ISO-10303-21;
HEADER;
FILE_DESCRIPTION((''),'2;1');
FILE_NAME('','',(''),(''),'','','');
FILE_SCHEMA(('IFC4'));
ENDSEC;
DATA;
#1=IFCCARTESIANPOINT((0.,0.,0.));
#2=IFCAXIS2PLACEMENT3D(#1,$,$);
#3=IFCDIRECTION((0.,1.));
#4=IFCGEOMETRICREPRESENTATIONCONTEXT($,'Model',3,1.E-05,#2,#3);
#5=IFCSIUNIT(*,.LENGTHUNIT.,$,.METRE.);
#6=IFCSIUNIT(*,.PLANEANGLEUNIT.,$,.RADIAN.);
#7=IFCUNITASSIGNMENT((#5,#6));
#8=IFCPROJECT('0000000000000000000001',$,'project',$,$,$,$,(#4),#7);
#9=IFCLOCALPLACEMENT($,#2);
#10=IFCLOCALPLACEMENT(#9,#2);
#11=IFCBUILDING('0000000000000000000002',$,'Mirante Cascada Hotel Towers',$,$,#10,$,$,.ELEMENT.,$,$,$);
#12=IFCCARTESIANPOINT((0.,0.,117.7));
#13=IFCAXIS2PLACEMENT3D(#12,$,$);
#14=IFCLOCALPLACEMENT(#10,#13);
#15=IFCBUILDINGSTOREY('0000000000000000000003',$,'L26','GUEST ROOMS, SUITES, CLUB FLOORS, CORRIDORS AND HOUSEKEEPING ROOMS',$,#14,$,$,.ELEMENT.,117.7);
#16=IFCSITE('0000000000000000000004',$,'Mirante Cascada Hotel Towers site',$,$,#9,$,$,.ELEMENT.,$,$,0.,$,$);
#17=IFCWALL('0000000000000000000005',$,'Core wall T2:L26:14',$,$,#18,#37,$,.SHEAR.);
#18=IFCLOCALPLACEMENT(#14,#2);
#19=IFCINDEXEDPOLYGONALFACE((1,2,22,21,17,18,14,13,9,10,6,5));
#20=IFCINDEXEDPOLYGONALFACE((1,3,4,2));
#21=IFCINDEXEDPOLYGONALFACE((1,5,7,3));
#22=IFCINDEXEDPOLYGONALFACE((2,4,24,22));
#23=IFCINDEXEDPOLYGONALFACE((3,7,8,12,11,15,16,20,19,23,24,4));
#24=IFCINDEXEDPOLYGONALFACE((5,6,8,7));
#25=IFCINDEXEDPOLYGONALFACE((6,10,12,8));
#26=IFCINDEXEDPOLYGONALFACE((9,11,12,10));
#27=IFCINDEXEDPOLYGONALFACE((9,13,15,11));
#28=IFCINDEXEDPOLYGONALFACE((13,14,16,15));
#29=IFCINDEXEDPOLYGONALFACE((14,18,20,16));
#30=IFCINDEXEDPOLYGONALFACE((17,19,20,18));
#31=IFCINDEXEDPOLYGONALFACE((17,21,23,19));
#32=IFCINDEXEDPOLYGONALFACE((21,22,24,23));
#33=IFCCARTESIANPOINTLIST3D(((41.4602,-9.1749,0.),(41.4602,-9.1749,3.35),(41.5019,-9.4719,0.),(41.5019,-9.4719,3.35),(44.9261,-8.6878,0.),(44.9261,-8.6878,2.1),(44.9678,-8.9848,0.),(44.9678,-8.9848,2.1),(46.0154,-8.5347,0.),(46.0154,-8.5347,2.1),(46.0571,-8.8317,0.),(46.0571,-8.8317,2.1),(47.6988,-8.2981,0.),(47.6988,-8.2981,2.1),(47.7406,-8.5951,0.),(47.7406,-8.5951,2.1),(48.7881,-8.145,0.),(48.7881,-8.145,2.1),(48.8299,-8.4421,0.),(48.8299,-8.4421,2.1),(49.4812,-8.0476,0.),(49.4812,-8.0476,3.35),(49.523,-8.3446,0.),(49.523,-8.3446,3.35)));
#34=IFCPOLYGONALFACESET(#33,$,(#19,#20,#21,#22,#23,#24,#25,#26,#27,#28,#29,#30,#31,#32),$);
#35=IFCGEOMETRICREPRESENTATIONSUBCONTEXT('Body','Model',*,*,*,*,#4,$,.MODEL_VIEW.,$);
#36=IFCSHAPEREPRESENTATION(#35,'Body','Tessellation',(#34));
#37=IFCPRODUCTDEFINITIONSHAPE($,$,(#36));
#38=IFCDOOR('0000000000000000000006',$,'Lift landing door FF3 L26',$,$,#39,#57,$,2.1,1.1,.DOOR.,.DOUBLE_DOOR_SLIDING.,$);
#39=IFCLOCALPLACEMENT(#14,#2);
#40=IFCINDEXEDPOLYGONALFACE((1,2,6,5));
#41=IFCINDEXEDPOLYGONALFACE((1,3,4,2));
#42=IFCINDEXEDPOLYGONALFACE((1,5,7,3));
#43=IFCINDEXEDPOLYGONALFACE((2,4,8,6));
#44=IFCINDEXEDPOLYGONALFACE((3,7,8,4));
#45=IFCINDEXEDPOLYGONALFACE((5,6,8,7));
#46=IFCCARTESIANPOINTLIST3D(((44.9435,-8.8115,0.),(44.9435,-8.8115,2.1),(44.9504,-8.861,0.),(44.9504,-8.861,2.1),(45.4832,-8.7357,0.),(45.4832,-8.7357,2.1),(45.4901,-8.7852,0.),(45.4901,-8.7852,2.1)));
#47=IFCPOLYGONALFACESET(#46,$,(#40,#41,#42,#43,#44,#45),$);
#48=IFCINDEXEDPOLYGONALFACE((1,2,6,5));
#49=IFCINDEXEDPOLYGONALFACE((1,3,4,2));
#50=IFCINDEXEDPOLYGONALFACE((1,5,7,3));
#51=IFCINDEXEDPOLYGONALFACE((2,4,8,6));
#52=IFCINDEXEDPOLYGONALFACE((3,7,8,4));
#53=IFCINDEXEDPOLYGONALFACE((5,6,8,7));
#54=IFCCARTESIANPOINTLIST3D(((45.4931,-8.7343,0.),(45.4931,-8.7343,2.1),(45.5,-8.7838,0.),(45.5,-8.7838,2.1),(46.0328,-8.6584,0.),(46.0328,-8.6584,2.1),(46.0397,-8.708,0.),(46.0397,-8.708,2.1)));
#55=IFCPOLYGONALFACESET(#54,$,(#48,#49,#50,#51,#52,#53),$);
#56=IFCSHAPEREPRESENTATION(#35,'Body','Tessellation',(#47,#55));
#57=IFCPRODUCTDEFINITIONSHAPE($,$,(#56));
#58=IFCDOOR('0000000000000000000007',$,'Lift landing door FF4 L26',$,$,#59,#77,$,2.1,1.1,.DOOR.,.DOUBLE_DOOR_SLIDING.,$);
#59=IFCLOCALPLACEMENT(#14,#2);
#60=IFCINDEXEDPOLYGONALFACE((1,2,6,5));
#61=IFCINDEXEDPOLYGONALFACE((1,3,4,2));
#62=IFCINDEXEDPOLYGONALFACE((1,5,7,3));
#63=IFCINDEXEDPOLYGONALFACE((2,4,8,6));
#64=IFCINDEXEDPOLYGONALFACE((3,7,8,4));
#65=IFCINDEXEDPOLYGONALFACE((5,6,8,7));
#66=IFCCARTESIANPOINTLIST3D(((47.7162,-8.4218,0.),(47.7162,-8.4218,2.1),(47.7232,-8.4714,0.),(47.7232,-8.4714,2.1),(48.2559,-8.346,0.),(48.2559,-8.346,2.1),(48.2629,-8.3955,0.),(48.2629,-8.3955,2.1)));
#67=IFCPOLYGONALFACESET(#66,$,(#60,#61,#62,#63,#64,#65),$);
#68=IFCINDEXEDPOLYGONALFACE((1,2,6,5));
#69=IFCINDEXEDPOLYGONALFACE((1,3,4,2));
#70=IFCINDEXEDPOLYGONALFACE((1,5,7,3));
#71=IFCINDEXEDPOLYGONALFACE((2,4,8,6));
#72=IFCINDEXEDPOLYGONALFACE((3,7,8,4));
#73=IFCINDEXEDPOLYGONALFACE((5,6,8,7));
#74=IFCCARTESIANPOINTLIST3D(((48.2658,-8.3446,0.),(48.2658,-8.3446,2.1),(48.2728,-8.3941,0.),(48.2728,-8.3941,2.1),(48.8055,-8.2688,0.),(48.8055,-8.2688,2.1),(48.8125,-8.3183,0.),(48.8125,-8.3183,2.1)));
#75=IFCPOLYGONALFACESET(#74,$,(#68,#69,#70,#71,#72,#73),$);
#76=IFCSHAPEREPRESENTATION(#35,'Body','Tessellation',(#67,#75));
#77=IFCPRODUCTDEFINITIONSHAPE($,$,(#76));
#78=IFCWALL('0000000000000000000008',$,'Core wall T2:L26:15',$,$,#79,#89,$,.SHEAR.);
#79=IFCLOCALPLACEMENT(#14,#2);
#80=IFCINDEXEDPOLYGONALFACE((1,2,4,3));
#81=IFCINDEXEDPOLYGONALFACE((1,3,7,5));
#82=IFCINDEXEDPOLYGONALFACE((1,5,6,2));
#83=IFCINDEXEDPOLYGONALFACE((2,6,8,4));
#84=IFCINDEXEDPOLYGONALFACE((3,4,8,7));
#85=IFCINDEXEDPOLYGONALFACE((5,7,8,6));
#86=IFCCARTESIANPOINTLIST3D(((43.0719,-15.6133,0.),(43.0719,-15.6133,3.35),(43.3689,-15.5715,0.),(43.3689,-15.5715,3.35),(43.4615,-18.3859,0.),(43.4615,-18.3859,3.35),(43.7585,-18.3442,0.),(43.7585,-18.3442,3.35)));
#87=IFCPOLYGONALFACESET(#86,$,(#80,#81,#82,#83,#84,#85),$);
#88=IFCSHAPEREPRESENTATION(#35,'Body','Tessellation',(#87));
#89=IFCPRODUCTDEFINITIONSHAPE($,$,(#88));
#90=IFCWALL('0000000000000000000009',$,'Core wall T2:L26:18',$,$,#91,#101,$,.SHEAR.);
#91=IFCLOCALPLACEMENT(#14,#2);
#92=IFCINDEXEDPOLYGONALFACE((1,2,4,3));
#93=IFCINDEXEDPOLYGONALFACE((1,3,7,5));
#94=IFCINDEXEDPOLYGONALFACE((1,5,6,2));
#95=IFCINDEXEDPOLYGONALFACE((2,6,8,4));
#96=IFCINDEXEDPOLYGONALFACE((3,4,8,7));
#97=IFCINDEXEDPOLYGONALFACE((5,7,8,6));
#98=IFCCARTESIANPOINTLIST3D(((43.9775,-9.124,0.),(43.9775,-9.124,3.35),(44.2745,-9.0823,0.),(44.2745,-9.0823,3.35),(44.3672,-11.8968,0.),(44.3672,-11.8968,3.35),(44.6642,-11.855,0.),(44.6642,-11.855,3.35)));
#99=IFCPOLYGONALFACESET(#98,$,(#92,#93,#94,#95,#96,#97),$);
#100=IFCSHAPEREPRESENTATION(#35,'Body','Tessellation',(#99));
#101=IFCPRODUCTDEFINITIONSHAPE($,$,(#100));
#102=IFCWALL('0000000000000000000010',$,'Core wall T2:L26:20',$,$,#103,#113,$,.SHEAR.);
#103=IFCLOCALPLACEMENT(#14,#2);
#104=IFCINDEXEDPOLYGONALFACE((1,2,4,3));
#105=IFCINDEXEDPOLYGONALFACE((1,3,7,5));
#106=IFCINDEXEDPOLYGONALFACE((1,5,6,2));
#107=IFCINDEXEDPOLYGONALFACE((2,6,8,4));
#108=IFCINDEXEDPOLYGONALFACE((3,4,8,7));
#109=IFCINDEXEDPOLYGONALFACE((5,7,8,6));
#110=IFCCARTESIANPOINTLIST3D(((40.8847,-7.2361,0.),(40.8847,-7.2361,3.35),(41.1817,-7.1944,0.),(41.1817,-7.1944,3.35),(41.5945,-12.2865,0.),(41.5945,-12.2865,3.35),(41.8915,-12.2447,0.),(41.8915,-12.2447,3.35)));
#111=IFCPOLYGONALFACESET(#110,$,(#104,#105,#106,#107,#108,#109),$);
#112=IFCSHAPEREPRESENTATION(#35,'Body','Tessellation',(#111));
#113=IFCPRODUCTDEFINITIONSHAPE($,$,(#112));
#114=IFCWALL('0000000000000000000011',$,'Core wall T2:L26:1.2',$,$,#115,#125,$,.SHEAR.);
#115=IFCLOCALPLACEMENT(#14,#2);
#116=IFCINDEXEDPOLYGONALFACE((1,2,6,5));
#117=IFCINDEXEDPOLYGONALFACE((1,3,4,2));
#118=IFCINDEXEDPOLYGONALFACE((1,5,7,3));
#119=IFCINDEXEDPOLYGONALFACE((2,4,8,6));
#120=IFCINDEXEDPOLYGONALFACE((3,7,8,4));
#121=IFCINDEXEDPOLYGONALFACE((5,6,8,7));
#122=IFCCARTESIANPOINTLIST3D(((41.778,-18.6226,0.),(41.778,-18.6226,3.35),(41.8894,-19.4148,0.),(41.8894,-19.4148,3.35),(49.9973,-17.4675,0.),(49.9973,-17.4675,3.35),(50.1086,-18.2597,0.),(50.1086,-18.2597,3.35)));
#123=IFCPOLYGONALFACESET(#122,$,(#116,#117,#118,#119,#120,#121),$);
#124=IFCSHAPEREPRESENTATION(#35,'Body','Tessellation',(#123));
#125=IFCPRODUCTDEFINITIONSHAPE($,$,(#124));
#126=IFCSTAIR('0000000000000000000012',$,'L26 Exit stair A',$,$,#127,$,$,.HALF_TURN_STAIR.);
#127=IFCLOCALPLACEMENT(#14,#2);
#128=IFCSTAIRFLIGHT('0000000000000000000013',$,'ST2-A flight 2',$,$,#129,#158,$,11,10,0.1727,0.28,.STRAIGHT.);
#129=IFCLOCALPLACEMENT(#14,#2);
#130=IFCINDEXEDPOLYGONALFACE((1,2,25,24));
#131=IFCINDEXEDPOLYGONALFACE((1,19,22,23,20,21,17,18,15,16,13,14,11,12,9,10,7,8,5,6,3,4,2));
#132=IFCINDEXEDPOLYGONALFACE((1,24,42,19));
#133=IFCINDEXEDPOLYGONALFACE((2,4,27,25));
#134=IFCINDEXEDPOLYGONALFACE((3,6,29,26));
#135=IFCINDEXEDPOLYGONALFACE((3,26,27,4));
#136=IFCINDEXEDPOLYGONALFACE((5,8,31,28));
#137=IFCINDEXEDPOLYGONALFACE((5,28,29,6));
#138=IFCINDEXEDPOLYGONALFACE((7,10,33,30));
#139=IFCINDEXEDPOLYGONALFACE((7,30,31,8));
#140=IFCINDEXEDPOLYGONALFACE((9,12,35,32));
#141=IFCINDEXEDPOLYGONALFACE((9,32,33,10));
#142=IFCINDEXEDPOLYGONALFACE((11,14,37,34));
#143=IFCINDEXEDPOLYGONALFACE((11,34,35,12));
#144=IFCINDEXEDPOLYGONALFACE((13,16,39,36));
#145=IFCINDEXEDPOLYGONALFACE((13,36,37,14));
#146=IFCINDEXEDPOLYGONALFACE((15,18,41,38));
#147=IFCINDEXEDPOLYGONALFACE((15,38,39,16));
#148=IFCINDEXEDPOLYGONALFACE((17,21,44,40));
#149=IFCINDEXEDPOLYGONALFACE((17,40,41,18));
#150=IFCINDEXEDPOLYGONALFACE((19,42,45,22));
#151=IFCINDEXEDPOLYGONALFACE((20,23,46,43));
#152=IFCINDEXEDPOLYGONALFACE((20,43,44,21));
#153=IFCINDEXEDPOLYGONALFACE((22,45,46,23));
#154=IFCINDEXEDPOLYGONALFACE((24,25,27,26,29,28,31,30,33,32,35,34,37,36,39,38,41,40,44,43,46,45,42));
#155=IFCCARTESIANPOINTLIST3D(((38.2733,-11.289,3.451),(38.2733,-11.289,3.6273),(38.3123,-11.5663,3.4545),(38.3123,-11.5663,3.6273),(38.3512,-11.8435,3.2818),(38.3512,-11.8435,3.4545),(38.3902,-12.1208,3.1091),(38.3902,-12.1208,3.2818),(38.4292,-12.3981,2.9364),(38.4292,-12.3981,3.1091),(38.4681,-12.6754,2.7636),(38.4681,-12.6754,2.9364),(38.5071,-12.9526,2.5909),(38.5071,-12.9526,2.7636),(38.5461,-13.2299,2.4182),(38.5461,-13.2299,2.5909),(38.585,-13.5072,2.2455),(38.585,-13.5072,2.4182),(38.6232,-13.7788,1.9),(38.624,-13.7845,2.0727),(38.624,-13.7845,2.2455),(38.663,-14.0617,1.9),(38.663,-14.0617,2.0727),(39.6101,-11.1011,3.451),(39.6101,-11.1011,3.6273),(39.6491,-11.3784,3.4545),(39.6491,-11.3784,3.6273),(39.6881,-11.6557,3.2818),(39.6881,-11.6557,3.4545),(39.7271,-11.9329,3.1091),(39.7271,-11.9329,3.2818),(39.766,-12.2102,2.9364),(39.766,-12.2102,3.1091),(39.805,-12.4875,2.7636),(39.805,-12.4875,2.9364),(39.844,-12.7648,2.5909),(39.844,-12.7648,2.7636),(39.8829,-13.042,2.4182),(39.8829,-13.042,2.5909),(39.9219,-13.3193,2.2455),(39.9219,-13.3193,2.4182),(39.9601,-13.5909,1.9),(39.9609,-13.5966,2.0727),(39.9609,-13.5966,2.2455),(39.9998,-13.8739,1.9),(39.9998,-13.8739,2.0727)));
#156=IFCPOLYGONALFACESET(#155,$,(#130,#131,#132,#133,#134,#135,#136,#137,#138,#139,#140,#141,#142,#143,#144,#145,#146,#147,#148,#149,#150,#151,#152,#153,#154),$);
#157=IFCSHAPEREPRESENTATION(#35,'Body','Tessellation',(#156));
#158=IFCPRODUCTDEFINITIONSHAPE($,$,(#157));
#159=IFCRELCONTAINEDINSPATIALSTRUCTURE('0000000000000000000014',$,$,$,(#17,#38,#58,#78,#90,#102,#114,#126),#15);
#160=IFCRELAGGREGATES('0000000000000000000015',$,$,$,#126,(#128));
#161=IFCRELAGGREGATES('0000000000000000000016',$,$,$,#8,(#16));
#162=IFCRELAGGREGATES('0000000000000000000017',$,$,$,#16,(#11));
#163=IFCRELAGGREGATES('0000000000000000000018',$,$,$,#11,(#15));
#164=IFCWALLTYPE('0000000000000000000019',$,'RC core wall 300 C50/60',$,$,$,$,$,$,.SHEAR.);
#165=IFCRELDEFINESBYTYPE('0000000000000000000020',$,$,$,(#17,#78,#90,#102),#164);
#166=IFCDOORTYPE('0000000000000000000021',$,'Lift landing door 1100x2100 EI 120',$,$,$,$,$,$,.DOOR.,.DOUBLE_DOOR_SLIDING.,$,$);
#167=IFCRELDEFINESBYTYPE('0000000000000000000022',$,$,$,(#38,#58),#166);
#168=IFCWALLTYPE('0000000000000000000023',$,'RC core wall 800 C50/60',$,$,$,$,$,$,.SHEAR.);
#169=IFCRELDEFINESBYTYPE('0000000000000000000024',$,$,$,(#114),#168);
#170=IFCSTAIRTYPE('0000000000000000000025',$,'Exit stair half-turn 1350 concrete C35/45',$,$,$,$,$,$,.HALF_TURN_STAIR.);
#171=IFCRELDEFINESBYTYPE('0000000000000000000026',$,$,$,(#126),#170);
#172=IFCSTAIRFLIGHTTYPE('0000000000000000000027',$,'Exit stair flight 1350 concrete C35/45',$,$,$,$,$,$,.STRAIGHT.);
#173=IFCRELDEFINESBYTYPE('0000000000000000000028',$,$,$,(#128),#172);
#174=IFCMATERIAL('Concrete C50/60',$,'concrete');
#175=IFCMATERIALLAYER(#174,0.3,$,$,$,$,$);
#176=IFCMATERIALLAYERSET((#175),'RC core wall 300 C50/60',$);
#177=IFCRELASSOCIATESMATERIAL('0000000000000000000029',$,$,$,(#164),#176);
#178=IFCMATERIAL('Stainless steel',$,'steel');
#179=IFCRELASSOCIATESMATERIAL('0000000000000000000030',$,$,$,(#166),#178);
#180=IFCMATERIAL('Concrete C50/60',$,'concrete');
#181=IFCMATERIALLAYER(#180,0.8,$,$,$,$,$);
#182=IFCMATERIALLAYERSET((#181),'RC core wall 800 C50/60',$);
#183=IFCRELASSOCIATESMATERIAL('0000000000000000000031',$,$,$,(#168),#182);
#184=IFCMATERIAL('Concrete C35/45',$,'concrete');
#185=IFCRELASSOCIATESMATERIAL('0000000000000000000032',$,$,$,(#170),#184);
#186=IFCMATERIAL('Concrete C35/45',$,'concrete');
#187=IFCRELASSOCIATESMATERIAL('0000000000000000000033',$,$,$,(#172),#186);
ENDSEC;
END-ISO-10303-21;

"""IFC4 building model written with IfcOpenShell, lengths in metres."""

from ifc_helpers import new_model, si_unit, direction, frame, frame_2d, origin, place, context, subcontext, project, spatial, polyline, rectangle, outline, extrude, material, layer, layer_set, type_object, element, fill, aggregate, save


model = new_model("IFC4")

# Units and contexts
model_context = context("Model", 3, precision=1e-05, world=origin(), true_north=direction((0.0, 1.0)))
body_context = subcontext(model_context, "Body", "Model", "MODEL_VIEW")
ifc_project = project(units=[si_unit("LENGTHUNIT", "METRE"), si_unit("PLANEANGLEUNIT", "RADIAN")], contexts=[model_context])

# Site, building, storey
site_placement = place(None, origin())
site = spatial("IfcSite", under=ifc_project, at=site_placement, Name="Mirante Cascada Hotel Towers site", CompositionType="ELEMENT", RefElevation=0.0)
building_placement = place(site_placement, origin())
building = spatial("IfcBuilding", under=site, at=building_placement, Name="Mirante Cascada Hotel Towers", CompositionType="ELEMENT")
storey_placement = place(building_placement, frame((0.0, 0.0, 117.7)))
storey = spatial("IfcBuildingStorey", under=building, at=storey_placement, Name="L26", Description="GUEST ROOMS, SUITES, CLUB FLOORS, CORRIDORS AND HOUSEKEEPING ROOMS", CompositionType="ELEMENT", Elevation=117.7)

# Shared definitions
ifc_material_1 = material(Name="Concrete C50/60", Category="concrete")
ifc_layer_1 = layer(ifc_material_1, 0.3)
ifc_layer_set_1 = layer_set([ifc_layer_1], Name="RC core wall 300 C50/60")
wall_type_1 = type_object("IfcWallType", Name="RC core wall 300 C50/60", PredefinedType="SHEAR", material=ifc_layer_set_1)

# Shared definitions
ifc_material_2 = material(Name="Stainless steel", Category="steel")
door_type_1 = type_object("IfcDoorType", Name="Lift landing door 1100x2100 EI 120", OperationType="DOUBLE_DOOR_SLIDING", PredefinedType="DOOR", material=ifc_material_2)

# Wall, openings, doors
wall_1_placement = place(storey_placement, frame((41.481, -9.3234, 0.0), z_axis=(0.0, 0.0, 1.0), x_axis=(0.990268, 0.139174, 0.0)))
wall_1 = element("IfcWall", 1, at=wall_1_placement, inside=storey, type_object=wall_type_1, Name="Core wall T2:L26:14", PredefinedType="SHEAR", context=body_context, shape_type="SweptSolid", body=[
    extrude(rectangle(XDim=8.0999, YDim=0.3, at=frame_2d((4.05, 0.0))), origin(), (0.0, 0.0, 1.0), 3.35),
])
opening_1_placement = place(wall_1_placement, frame((3.5, 0.0, 0.0)))
opening_1 = element("IfcOpeningElement", 2, at=opening_1_placement, cuts=wall_1, PredefinedType="OPENING", context=body_context, shape_type="SweptSolid", body=[
    extrude(rectangle(XDim=1.1, YDim=2.1, at=frame_2d((0.55, 1.05))), frame((0.0, 0.15, 0.0), z_axis=(0.0, -1.0, 0.0), x_axis=(1.0, 0.0, 0.0)), (0.0, 0.0, 1.0), 0.3),
])
opening_2_placement = place(wall_1_placement, frame((6.3, 0.0, 0.0)))
opening_2 = element("IfcOpeningElement", 3, at=opening_2_placement, cuts=wall_1, PredefinedType="OPENING", context=body_context, shape_type="SweptSolid", body=[
    extrude(rectangle(XDim=1.1, YDim=2.1, at=frame_2d((0.55, 1.05))), frame((0.0, 0.15, 0.0), z_axis=(0.0, -1.0, 0.0), x_axis=(1.0, 0.0, 0.0)), (0.0, 0.0, 1.0), 0.3),
])
door_1_placement = place(opening_1_placement, origin())
door_1 = element("IfcDoor", 4, at=door_1_placement, inside=storey, type_object=door_type_1, Name="Lift landing door FF3 L26", OperationType="DOUBLE_DOOR_SLIDING", OverallHeight=2.1, OverallWidth=1.1, PredefinedType="DOOR", context=body_context, shape_type="SweptSolid", body=[
    extrude(rectangle(XDim=0.545, YDim=2.1, at=frame_2d((0.2725, 1.05))), frame((0.0, 0.025, 0.0), z_axis=(0.0, -1.0, 0.0), x_axis=(1.0, 0.0, 0.0)), (0.0, 0.0, 1.0), 0.05),
    extrude(rectangle(XDim=0.545, YDim=2.1, at=frame_2d((0.8275, 1.05))), frame((0.0, 0.025, 0.0), z_axis=(0.0, -1.0, 0.0), x_axis=(1.0, 0.0, 0.0)), (0.0, 0.0, 1.0), 0.05),
])
fill(opening_1, door_1)
door_2_placement = place(opening_2_placement, origin())
door_2 = element("IfcDoor", 5, at=door_2_placement, inside=storey, type_object=door_type_1, Name="Lift landing door FF4 L26", OperationType="DOUBLE_DOOR_SLIDING", OverallHeight=2.1, OverallWidth=1.1, PredefinedType="DOOR", context=body_context, shape_type="SweptSolid", body=[
    extrude(rectangle(XDim=0.545, YDim=2.1, at=frame_2d((0.2725, 1.05))), frame((0.0, 0.025, 0.0), z_axis=(0.0, -1.0, 0.0), x_axis=(1.0, 0.0, 0.0)), (0.0, 0.0, 1.0), 0.05),
    extrude(rectangle(XDim=0.545, YDim=2.1, at=frame_2d((0.8275, 1.05))), frame((0.0, 0.025, 0.0), z_axis=(0.0, -1.0, 0.0), x_axis=(1.0, 0.0, 0.0)), (0.0, 0.0, 1.0), 0.05),
])
fill(opening_2, door_2)

# Walls
wall_2_placement = place(storey_placement, frame((43.61, -18.3651, 0.0), z_axis=(0.0, 0.0, 1.0), x_axis=(-0.139146, 0.990272, 0.0)))
element("IfcWall", 6, at=wall_2_placement, inside=storey, type_object=wall_type_1, Name="Core wall T2:L26:15", PredefinedType="SHEAR", context=body_context, shape_type="SweptSolid", body=[
    extrude(rectangle(XDim=2.7999, YDim=0.3, at=frame_2d((1.4, 0.0))), origin(), (0.0, 0.0, 1.0), 3.35),
])
wall_3_placement = place(storey_placement, frame((44.5157, -11.8759, 0.0), z_axis=(0.0, 0.0, 1.0), x_axis=(-0.139181, 0.990267, 0.0)))
element("IfcWall", 7, at=wall_3_placement, inside=storey, type_object=wall_type_1, Name="Core wall T2:L26:18", PredefinedType="SHEAR", context=body_context, shape_type="SweptSolid", body=[
    extrude(rectangle(XDim=2.8, YDim=0.3, at=frame_2d((1.4, 0.0))), origin(), (0.0, 0.0, 1.0), 3.35),
])
wall_4_placement = place(storey_placement, frame((41.743, -12.2656, 0.0), z_axis=(0.0, 0.0, 1.0), x_axis=(-0.139176, 0.990268, 0.0)))
element("IfcWall", 8, at=wall_4_placement, inside=storey, type_object=wall_type_1, Name="Core wall T2:L26:20", PredefinedType="SHEAR", context=body_context, shape_type="SweptSolid", body=[
    extrude(rectangle(XDim=5.1, YDim=0.3, at=frame_2d((2.55, 0.0))), origin(), (0.0, 0.0, 1.0), 3.35),
])
ifc_material_3 = material(Name="Concrete C50/60", Category="concrete")
ifc_layer_2 = layer(ifc_material_3, 0.8)
ifc_layer_set_2 = layer_set([ifc_layer_2], Name="RC core wall 800 C50/60")
wall_type_2 = type_object("IfcWallType", Name="RC core wall 800 C50/60", PredefinedType="SHEAR", material=ifc_layer_set_2)
wall_5_placement = place(storey_placement, frame((41.8337, -19.0187, 0.0), z_axis=(0.0, 0.0, 1.0), x_axis=(0.990269, 0.139169, 0.0)))
element("IfcWall", 9, at=wall_5_placement, inside=storey, type_object=wall_type_2, Name="Core wall T2:L26:1.2", PredefinedType="SHEAR", context=body_context, shape_type="SweptSolid", body=[
    extrude(rectangle(XDim=8.3, YDim=0.8, at=frame_2d((4.15, 0.0))), origin(), (0.0, 0.0, 1.0), 3.35),
])

# Stair, stair flight
ifc_material_4 = material(Name="Concrete C35/45", Category="concrete")
stair_type = type_object("IfcStairType", Name="Exit stair half-turn 1350 concrete C35/45", PredefinedType="HALF_TURN_STAIR", material=ifc_material_4)
stair_placement = place(storey_placement, origin())
stair = element("IfcStair", 10, at=stair_placement, inside=storey, type_object=stair_type, Name="L26 Exit stair A", PredefinedType="HALF_TURN_STAIR")
ifc_material_5 = material(Name="Concrete C35/45", Category="concrete")
stair_flight_type = type_object("IfcStairFlightType", Name="Exit stair flight 1350 concrete C35/45", PredefinedType="STRAIGHT", material=ifc_material_5)
stair_flight_placement = place(storey_placement, frame((39.3314, -13.9678, 1.9), z_axis=(0.0, 0.0, 1.0), x_axis=(-0.139173, 0.990268, 0.0)))
stair_flight = element("IfcStairFlight", 11, at=stair_flight_placement, type_object=stair_flight_type, Name="ST2-A flight 2", NumberOfRisers=11, NumberOfTreads=10, PredefinedType="STRAIGHT", RiserHeight=0.1727, TreadLength=0.28, context=body_context, shape_type="SweptSolid", body=[
    extrude(outline(polyline([(0.0, 0.0), (0.0, 0.1727), (0.28, 0.1727), (0.28, 0.3455), (0.56, 0.3455), (0.56, 0.5182), (0.84, 0.5182), (0.84, 0.6909), (1.12, 0.6909), (1.12, 0.8636), (1.4, 0.8636), (1.4, 1.0364), (1.68, 1.0364), (1.68, 1.2091), (1.96, 1.2091), (1.96, 1.3818), (2.24, 1.3818), (2.24, 1.5545), (2.52, 1.5545), (2.52, 1.7273), (2.8, 1.7273), (2.8, 1.9), (2.8, 1.551), (0.2857, 0.0), (0.0, 0.0)])), frame((0.0, 0.675, 0.0), z_axis=(0.0, -1.0, 0.0), x_axis=(1.0, 0.0, 0.0)), (0.0, 0.0, 1.0), 1.35),
])
aggregate(stair, [stair_flight])

save(model, "model.ifc")
